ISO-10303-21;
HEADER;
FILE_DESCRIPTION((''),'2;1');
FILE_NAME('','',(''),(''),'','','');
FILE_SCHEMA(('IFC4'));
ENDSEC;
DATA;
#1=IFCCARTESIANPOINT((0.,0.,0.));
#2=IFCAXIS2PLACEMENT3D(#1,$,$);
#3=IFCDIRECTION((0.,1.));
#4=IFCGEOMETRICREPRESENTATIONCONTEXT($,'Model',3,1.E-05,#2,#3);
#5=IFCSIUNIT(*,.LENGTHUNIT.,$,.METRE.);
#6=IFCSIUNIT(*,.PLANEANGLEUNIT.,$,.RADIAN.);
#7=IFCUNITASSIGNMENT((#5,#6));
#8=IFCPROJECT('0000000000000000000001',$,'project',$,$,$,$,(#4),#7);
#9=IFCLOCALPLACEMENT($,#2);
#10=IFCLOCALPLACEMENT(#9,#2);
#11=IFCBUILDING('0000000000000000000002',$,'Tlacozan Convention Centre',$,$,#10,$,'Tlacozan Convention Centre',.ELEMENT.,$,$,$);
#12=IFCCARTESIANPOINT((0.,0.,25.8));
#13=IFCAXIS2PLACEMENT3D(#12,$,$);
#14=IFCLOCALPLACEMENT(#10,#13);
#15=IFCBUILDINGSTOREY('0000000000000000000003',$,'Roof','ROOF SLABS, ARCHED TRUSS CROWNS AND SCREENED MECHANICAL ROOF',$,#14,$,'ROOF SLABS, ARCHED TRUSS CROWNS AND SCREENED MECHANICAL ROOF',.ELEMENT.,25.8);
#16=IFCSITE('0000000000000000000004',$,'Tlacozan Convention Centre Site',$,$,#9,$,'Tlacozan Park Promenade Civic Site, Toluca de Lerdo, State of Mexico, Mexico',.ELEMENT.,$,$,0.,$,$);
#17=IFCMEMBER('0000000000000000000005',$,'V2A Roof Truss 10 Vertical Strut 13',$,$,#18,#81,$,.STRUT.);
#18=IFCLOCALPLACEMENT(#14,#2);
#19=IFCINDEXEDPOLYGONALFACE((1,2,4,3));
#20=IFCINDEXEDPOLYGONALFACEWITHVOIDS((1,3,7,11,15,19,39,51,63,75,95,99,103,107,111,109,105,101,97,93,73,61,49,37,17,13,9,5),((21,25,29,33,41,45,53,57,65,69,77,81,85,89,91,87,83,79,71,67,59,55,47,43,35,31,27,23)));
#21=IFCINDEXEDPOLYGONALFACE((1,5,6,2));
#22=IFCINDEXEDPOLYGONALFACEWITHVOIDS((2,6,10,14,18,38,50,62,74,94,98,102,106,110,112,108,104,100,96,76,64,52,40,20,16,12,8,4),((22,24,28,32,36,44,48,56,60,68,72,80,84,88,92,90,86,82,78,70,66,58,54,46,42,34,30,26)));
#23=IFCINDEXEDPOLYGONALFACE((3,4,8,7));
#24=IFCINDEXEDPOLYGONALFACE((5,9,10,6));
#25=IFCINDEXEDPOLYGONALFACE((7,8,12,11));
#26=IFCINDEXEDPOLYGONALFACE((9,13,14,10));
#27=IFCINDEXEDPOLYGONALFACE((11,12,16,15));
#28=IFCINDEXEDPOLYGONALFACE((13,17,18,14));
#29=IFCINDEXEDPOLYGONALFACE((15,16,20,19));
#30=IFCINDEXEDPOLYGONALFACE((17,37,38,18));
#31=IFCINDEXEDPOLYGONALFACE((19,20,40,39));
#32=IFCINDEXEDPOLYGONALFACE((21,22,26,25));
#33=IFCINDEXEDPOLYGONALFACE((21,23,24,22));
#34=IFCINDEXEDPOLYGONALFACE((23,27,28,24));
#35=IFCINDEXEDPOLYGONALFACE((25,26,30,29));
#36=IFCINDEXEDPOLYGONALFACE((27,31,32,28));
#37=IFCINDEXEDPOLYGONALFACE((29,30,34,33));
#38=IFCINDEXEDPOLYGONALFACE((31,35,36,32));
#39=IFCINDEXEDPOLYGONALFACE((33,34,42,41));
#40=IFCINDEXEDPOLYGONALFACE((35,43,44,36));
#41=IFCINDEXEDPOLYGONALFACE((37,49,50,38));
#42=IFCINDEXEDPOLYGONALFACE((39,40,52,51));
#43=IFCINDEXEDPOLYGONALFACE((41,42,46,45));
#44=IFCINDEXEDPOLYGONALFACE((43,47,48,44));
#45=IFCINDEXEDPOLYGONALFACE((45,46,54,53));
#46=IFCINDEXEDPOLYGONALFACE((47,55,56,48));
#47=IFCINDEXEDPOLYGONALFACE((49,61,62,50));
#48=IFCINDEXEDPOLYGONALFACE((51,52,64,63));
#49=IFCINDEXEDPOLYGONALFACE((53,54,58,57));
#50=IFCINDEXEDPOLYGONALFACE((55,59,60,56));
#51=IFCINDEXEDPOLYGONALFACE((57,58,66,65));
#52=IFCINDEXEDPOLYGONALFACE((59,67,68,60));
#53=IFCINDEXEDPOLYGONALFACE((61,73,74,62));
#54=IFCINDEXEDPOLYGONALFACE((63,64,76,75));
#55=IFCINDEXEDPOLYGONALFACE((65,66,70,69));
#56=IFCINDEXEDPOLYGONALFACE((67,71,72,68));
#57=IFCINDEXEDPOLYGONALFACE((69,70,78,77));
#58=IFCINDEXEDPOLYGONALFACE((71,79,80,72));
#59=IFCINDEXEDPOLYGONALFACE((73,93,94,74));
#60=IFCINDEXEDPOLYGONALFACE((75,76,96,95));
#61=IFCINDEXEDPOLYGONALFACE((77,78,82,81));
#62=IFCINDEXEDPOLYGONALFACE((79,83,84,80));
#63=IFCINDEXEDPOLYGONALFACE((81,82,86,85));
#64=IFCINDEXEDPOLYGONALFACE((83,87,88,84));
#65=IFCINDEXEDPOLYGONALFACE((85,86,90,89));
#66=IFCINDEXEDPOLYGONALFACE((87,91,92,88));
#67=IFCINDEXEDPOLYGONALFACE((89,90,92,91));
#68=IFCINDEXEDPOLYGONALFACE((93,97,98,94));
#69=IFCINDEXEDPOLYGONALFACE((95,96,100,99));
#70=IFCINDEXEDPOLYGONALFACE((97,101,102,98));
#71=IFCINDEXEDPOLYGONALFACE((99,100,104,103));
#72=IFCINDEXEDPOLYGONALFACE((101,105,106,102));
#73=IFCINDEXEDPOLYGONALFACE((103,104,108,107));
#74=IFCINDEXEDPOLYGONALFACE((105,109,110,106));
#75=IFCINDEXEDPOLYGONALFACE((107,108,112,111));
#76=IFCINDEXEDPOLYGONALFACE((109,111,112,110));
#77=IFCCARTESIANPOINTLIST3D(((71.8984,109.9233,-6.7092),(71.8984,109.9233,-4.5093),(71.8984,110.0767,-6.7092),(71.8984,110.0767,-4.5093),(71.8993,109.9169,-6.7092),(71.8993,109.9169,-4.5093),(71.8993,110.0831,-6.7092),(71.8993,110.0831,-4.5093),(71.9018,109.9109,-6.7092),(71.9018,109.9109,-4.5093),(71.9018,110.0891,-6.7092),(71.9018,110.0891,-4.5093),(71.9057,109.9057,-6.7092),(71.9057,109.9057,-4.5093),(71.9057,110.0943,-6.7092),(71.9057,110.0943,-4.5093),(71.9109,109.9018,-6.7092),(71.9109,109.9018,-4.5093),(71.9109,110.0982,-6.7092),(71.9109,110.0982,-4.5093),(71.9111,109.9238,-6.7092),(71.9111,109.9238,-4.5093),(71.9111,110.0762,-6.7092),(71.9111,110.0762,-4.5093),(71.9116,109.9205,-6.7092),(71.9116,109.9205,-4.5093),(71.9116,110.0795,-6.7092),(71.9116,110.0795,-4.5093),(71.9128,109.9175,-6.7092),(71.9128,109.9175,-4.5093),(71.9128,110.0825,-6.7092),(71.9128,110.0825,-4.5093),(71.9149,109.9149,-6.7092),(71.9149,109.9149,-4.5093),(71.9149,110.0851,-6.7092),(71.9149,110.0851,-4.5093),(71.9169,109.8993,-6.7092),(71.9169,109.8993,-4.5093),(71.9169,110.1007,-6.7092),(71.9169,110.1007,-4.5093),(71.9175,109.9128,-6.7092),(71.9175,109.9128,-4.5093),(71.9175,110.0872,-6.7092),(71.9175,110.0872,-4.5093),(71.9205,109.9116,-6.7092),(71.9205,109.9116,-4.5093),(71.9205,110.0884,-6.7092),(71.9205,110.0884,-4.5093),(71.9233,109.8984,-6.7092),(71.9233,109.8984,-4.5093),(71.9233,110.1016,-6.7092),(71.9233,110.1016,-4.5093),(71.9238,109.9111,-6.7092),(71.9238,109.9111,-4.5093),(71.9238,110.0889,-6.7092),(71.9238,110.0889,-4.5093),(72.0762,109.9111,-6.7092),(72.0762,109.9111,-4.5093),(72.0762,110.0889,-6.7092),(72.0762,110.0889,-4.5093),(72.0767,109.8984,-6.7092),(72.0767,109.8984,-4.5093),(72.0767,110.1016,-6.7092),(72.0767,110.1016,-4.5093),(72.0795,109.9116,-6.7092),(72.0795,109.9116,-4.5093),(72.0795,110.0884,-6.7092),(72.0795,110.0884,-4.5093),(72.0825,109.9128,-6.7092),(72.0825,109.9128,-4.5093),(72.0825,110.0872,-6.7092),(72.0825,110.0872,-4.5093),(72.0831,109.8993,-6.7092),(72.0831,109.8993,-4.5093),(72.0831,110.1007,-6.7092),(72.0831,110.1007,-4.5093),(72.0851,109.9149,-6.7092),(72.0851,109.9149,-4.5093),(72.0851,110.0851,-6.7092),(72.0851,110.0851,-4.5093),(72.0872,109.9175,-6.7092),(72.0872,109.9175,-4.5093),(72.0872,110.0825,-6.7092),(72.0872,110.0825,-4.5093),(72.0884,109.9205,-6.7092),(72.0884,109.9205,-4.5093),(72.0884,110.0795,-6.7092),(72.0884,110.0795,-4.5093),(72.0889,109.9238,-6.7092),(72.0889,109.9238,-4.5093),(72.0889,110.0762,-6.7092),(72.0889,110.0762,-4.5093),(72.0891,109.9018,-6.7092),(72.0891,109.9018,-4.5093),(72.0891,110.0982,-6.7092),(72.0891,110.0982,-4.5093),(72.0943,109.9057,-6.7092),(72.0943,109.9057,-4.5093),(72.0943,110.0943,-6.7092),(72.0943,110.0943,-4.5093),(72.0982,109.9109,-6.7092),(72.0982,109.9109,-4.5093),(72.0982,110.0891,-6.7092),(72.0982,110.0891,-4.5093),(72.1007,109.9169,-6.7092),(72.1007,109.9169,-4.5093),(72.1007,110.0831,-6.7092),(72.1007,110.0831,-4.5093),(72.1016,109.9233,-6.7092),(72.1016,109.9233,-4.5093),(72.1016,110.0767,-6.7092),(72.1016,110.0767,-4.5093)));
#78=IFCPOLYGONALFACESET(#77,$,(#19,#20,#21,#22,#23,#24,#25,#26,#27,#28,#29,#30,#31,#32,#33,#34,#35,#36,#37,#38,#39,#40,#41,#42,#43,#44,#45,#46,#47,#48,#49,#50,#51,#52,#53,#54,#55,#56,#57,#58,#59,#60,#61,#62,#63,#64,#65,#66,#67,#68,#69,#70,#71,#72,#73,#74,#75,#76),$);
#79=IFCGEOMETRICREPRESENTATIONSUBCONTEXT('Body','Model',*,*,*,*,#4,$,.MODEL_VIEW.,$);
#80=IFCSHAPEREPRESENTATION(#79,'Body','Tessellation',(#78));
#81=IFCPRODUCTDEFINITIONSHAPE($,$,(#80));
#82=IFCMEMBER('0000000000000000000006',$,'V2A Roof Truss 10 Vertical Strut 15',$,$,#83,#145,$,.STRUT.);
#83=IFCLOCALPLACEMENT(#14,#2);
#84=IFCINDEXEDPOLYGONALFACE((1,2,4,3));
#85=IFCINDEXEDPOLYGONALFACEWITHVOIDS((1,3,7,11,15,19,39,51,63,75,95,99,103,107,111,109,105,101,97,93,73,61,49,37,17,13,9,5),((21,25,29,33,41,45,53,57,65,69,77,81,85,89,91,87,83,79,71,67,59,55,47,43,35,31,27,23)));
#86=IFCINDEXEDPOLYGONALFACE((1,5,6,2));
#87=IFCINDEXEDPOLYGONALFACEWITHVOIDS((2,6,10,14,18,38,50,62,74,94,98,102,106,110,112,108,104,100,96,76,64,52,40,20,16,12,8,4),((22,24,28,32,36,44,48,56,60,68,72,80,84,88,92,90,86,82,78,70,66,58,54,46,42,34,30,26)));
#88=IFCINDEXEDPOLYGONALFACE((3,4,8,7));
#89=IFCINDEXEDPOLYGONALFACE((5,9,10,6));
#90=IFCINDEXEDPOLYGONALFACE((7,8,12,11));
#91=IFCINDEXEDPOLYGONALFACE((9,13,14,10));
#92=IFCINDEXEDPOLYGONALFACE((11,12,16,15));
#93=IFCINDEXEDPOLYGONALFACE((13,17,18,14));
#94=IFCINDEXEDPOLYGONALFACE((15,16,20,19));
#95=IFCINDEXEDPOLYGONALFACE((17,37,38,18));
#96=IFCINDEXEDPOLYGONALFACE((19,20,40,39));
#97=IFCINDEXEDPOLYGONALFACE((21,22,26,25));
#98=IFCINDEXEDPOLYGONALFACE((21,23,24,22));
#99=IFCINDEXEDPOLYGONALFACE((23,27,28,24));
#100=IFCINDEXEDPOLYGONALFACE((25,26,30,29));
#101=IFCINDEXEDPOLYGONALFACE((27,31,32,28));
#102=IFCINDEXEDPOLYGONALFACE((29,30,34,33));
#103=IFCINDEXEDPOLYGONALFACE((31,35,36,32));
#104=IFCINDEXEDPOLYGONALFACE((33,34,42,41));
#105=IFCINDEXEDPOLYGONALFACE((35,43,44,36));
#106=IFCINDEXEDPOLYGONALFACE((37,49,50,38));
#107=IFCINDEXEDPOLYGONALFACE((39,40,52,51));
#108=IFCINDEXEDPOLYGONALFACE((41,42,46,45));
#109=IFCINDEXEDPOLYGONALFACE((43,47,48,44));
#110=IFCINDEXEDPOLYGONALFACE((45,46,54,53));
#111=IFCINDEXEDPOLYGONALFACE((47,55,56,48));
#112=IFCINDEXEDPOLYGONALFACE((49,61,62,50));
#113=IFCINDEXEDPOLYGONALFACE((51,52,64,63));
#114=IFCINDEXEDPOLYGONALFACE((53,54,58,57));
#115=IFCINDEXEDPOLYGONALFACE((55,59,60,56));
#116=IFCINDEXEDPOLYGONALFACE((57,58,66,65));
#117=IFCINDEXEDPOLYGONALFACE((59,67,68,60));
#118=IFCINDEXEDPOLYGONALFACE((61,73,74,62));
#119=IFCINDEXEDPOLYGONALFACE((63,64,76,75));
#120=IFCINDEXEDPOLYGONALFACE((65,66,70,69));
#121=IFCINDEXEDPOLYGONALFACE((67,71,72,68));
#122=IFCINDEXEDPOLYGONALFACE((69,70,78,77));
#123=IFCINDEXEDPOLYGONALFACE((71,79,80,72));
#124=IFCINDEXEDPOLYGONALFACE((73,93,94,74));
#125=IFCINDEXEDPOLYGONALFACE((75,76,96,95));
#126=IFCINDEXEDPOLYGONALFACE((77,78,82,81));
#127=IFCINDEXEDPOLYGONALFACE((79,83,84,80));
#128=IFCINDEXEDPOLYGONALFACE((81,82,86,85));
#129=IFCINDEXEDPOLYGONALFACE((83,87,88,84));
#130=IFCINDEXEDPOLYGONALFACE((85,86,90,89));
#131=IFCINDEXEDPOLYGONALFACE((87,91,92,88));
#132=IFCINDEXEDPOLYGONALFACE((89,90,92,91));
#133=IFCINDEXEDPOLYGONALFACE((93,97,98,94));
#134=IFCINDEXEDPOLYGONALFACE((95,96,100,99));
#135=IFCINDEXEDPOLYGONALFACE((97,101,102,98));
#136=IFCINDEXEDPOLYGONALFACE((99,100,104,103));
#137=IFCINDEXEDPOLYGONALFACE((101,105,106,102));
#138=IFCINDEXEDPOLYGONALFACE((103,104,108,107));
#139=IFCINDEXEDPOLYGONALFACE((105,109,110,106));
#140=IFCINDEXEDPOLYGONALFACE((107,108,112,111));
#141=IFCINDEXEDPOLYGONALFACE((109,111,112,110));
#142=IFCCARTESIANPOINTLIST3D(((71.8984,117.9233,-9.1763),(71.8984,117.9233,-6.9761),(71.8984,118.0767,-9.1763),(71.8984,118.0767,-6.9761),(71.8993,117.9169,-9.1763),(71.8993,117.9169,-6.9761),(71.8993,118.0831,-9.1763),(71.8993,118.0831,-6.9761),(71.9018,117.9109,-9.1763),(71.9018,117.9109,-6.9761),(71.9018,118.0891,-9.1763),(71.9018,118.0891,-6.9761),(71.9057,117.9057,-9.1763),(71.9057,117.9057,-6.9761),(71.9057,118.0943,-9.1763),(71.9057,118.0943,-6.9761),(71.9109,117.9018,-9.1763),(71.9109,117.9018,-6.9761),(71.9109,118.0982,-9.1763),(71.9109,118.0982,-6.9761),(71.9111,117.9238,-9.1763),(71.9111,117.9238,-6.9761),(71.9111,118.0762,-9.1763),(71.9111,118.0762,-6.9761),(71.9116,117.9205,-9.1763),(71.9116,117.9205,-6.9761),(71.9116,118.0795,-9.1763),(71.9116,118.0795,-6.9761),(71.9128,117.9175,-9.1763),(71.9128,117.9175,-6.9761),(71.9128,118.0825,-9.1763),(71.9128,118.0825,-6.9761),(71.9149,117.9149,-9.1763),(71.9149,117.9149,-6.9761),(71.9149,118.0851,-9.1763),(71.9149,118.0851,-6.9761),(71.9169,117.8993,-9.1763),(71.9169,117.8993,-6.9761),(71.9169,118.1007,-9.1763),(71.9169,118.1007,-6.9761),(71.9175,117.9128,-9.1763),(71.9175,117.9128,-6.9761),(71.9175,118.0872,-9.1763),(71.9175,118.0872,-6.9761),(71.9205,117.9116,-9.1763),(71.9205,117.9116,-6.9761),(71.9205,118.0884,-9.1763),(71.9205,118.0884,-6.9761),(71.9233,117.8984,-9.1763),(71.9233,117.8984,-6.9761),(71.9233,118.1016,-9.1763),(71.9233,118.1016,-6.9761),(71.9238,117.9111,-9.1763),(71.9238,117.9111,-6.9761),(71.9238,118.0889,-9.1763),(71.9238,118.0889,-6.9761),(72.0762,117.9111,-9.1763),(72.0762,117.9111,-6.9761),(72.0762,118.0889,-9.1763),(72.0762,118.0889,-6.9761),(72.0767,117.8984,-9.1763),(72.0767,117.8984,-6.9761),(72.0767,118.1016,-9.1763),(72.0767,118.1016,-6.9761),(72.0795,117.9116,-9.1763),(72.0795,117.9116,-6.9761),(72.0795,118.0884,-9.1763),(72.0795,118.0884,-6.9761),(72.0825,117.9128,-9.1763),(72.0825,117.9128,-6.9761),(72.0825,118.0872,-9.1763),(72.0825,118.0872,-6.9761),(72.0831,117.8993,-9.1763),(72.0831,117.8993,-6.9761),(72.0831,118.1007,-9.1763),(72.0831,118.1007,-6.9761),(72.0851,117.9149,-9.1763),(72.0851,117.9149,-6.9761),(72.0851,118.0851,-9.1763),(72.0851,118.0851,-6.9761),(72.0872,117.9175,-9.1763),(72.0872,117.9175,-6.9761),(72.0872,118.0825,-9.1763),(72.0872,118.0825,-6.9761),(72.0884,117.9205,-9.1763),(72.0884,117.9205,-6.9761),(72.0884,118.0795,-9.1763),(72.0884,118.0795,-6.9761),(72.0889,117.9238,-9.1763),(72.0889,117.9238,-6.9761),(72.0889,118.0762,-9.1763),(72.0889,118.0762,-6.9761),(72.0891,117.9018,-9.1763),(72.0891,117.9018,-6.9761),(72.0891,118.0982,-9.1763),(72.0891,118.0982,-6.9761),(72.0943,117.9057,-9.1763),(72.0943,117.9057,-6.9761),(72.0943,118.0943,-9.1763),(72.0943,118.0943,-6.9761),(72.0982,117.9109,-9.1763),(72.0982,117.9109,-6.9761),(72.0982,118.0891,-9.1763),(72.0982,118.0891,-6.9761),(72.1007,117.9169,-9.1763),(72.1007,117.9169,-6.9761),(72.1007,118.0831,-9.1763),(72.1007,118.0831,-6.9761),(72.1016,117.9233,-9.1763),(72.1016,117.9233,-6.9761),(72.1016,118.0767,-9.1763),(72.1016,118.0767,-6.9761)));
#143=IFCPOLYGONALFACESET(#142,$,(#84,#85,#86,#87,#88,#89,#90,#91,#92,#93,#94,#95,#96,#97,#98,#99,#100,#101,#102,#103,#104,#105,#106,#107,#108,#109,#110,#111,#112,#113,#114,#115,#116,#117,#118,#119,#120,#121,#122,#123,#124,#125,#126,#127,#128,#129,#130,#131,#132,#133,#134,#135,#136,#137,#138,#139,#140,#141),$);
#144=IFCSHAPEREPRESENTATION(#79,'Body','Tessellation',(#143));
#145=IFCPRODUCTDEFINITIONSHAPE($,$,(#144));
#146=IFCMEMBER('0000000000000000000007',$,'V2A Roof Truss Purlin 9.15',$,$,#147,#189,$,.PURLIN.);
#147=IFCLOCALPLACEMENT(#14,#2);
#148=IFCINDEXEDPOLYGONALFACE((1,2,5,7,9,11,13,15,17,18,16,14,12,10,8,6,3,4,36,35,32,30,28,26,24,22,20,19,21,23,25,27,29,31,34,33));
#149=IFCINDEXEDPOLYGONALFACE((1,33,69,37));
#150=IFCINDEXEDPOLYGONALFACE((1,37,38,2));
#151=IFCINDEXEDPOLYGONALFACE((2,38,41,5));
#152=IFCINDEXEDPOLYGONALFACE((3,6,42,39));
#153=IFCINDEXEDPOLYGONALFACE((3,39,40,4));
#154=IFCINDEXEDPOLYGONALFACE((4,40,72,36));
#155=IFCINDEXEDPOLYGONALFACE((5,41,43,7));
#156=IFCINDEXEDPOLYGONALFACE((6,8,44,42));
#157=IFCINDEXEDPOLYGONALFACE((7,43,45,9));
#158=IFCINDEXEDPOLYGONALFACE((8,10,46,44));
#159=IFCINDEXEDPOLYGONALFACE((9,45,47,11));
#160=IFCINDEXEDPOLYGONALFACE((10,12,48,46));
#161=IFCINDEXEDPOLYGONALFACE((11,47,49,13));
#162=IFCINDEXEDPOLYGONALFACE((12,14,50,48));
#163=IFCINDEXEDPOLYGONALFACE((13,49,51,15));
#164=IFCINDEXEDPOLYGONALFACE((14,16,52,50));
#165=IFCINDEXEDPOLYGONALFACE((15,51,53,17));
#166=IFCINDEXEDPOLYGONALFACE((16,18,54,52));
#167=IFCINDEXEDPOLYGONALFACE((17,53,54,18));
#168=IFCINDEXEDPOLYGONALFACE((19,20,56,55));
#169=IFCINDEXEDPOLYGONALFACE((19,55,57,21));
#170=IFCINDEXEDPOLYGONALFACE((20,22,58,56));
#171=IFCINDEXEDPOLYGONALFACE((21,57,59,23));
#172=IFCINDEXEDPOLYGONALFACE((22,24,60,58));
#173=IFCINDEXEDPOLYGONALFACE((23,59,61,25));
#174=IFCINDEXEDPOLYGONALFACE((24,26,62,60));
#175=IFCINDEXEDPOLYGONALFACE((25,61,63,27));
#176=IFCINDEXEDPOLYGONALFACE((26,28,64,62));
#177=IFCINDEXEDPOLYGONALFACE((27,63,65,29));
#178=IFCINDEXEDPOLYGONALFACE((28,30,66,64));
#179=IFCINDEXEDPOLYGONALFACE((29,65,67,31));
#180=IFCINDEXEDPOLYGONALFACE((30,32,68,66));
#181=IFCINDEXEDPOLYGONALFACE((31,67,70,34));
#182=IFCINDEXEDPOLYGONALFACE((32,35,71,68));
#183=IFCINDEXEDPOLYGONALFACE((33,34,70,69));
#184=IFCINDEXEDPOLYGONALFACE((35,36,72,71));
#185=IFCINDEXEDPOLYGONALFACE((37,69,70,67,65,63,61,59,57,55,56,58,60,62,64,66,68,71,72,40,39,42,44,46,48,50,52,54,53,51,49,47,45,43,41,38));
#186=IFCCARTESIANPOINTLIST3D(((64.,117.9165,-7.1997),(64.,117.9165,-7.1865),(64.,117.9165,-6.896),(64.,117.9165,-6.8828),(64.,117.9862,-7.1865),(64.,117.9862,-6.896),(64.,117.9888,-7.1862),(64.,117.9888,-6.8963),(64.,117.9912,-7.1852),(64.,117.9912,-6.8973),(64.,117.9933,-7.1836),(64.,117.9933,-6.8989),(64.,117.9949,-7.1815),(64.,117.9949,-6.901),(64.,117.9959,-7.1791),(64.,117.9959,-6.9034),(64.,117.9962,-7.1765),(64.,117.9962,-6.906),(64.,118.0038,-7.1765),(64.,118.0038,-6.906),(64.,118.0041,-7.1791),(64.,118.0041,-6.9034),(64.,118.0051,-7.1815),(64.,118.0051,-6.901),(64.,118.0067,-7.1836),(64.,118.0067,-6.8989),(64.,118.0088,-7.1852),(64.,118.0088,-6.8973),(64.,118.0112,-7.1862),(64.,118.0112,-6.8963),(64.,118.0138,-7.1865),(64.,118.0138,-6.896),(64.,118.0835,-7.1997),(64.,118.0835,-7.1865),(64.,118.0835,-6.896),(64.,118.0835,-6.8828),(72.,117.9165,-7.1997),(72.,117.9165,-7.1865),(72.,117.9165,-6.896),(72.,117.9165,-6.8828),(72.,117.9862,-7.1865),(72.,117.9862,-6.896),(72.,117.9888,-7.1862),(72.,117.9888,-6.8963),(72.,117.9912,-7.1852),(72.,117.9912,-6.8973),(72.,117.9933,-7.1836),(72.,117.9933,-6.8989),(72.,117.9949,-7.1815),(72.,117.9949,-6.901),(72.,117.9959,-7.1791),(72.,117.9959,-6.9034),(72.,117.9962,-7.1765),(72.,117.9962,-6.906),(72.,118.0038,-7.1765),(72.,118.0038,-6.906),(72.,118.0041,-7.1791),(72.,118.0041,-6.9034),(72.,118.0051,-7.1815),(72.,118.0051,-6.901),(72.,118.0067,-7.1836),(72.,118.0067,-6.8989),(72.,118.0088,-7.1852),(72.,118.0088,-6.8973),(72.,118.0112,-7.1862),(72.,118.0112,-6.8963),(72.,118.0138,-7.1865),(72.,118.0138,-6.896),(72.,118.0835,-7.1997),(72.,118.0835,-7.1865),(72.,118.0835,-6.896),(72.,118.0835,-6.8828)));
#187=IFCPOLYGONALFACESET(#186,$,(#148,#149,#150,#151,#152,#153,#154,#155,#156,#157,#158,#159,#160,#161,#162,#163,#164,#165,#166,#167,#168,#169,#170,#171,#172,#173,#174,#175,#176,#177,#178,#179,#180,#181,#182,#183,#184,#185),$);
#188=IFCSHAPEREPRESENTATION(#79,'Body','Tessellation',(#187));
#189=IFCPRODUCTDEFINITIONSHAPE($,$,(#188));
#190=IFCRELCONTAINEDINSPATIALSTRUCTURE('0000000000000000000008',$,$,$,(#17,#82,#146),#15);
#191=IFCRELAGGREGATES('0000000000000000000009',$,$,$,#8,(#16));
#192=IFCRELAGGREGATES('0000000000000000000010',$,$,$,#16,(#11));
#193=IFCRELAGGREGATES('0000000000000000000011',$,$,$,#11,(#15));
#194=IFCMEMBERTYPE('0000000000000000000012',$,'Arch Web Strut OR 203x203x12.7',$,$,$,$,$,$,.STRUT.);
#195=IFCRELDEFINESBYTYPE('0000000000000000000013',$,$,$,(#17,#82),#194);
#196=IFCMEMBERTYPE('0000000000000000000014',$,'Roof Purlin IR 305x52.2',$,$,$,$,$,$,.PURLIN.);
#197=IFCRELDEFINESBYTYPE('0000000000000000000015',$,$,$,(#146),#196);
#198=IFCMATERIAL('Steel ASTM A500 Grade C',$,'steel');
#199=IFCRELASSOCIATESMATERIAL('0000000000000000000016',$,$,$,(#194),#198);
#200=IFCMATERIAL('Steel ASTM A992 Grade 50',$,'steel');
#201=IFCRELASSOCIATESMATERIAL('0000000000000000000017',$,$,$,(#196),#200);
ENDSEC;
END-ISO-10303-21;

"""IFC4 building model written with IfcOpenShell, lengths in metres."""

from ifc_helpers import new_model, si_unit, direction, frame, origin, origin_2d, place, context, subcontext, project, spatial, hollow_rectangle, i_section, extrude, material, material_profile, profile_set, type_object, element, save


model = new_model("IFC4")

# Units and contexts
model_context = context("Model", 3, precision=1e-05, world=origin(), true_north=direction((0.0, 1.0)))
body_context = subcontext(model_context, "Body", "Model", "MODEL_VIEW")
ifc_project = project(units=[si_unit("LENGTHUNIT", "METRE"), si_unit("PLANEANGLEUNIT", "RADIAN")], contexts=[model_context])

# Site, building, storey
site_placement = place(None, origin())
site = spatial("IfcSite", under=ifc_project, at=site_placement, Name="Tlacozan Convention Centre Site", LongName="Tlacozan Park Promenade Civic Site, Toluca de Lerdo, State of Mexico, Mexico", CompositionType="ELEMENT", RefElevation=0.0)
building_placement = place(site_placement, origin())
building = spatial("IfcBuilding", under=site, at=building_placement, Name="Tlacozan Convention Centre", LongName="Tlacozan Convention Centre", CompositionType="ELEMENT")
storey_placement = place(building_placement, frame((0.0, 0.0, 25.8)))
storey = spatial("IfcBuildingStorey", under=building, at=storey_placement, Name="Roof", Description="ROOF SLABS, ARCHED TRUSS CROWNS AND SCREENED MECHANICAL ROOF", LongName="ROOF SLABS, ARCHED TRUSS CROWNS AND SCREENED MECHANICAL ROOF", CompositionType="ELEMENT", Elevation=25.8)

# Members
ifc_material_1 = material(Name="Steel ASTM A500 Grade C", Category="steel")
ifc_material_profile_1 = material_profile(ifc_material_1, hollow_rectangle(XDim=0.2031, YDim=0.2031, WallThickness=0.0127, InnerFilletRadius=0.0127, OuterFilletRadius=0.0249, at=origin_2d()), Name="OR 203x203x12.7")
ifc_profile_set_1 = profile_set([ifc_material_profile_1], Name="Steel ASTM A500 Grade C")
member_type_1 = type_object("IfcMemberType", Name="Arch Web Strut OR 203x203x12.7", PredefinedType="STRUT", material=ifc_profile_set_1)
member_1_placement = place(storey_placement, frame((72.0, 110.0, -6.7092), z_axis=(0.0, 0.0, 1.0), x_axis=(1.0, 0.0, 0.0)))
element("IfcMember", 1, at=member_1_placement, inside=storey, type_object=member_type_1, Name="V2A Roof Truss 10 Vertical Strut 13", PredefinedType="STRUT", context=body_context, shape_type="SweptSolid", body=[
    extrude(hollow_rectangle(XDim=0.2031, YDim=0.2031, WallThickness=0.0127, InnerFilletRadius=0.0127, OuterFilletRadius=0.0249, at=origin_2d()), origin(), (0.0, 0.0, 1.0), 2.2),
])
member_2_placement = place(storey_placement, frame((72.0, 118.0, -9.1763), z_axis=(0.0, 0.0, 1.0), x_axis=(1.0, 0.0, 0.0)))
element("IfcMember", 2, at=member_2_placement, inside=storey, type_object=member_type_1, Name="V2A Roof Truss 10 Vertical Strut 15", PredefinedType="STRUT", context=body_context, shape_type="SweptSolid", body=[
    extrude(hollow_rectangle(XDim=0.2031, YDim=0.2031, WallThickness=0.0127, InnerFilletRadius=0.0127, OuterFilletRadius=0.0249, at=origin_2d()), origin(), (0.0, 0.0, 1.0), 2.2002),
])
ifc_material_2 = material(Name="Steel ASTM A992 Grade 50", Category="steel")
ifc_material_profile_2 = material_profile(ifc_material_2, i_section(OverallWidth=0.167, OverallDepth=0.3169, WebThickness=0.0076, FlangeThickness=0.0132, FilletRadius=0.01, at=origin_2d()), Name="IR 305x52.2")
ifc_profile_set_2 = profile_set([ifc_material_profile_2], Name="Steel ASTM A992 Grade 50")
member_type_2 = type_object("IfcMemberType", Name="Roof Purlin IR 305x52.2", PredefinedType="PURLIN", material=ifc_profile_set_2)
for number, where, z_axis, x_axis, name in (
    (3, (64.0, 118.0, -7.0413), (1.0, 0.0, 0.0), (0.0, 1.0, 0.0), "V2A Roof Truss Purlin 9.15"),
):
    element("IfcMember", number, at=place(storey_placement, frame(where, z_axis=z_axis, x_axis=x_axis)), inside=storey, type_object=member_type_2, Name=name, PredefinedType="PURLIN", context=body_context, shape_type="SweptSolid", body=[
        extrude(i_section(OverallWidth=0.167, OverallDepth=0.3169, WebThickness=0.0076, FlangeThickness=0.0132, FilletRadius=0.01, at=origin_2d()), origin(), (0.0, 0.0, 1.0), 8.0),
    ])

save(model, "model.ifc")
